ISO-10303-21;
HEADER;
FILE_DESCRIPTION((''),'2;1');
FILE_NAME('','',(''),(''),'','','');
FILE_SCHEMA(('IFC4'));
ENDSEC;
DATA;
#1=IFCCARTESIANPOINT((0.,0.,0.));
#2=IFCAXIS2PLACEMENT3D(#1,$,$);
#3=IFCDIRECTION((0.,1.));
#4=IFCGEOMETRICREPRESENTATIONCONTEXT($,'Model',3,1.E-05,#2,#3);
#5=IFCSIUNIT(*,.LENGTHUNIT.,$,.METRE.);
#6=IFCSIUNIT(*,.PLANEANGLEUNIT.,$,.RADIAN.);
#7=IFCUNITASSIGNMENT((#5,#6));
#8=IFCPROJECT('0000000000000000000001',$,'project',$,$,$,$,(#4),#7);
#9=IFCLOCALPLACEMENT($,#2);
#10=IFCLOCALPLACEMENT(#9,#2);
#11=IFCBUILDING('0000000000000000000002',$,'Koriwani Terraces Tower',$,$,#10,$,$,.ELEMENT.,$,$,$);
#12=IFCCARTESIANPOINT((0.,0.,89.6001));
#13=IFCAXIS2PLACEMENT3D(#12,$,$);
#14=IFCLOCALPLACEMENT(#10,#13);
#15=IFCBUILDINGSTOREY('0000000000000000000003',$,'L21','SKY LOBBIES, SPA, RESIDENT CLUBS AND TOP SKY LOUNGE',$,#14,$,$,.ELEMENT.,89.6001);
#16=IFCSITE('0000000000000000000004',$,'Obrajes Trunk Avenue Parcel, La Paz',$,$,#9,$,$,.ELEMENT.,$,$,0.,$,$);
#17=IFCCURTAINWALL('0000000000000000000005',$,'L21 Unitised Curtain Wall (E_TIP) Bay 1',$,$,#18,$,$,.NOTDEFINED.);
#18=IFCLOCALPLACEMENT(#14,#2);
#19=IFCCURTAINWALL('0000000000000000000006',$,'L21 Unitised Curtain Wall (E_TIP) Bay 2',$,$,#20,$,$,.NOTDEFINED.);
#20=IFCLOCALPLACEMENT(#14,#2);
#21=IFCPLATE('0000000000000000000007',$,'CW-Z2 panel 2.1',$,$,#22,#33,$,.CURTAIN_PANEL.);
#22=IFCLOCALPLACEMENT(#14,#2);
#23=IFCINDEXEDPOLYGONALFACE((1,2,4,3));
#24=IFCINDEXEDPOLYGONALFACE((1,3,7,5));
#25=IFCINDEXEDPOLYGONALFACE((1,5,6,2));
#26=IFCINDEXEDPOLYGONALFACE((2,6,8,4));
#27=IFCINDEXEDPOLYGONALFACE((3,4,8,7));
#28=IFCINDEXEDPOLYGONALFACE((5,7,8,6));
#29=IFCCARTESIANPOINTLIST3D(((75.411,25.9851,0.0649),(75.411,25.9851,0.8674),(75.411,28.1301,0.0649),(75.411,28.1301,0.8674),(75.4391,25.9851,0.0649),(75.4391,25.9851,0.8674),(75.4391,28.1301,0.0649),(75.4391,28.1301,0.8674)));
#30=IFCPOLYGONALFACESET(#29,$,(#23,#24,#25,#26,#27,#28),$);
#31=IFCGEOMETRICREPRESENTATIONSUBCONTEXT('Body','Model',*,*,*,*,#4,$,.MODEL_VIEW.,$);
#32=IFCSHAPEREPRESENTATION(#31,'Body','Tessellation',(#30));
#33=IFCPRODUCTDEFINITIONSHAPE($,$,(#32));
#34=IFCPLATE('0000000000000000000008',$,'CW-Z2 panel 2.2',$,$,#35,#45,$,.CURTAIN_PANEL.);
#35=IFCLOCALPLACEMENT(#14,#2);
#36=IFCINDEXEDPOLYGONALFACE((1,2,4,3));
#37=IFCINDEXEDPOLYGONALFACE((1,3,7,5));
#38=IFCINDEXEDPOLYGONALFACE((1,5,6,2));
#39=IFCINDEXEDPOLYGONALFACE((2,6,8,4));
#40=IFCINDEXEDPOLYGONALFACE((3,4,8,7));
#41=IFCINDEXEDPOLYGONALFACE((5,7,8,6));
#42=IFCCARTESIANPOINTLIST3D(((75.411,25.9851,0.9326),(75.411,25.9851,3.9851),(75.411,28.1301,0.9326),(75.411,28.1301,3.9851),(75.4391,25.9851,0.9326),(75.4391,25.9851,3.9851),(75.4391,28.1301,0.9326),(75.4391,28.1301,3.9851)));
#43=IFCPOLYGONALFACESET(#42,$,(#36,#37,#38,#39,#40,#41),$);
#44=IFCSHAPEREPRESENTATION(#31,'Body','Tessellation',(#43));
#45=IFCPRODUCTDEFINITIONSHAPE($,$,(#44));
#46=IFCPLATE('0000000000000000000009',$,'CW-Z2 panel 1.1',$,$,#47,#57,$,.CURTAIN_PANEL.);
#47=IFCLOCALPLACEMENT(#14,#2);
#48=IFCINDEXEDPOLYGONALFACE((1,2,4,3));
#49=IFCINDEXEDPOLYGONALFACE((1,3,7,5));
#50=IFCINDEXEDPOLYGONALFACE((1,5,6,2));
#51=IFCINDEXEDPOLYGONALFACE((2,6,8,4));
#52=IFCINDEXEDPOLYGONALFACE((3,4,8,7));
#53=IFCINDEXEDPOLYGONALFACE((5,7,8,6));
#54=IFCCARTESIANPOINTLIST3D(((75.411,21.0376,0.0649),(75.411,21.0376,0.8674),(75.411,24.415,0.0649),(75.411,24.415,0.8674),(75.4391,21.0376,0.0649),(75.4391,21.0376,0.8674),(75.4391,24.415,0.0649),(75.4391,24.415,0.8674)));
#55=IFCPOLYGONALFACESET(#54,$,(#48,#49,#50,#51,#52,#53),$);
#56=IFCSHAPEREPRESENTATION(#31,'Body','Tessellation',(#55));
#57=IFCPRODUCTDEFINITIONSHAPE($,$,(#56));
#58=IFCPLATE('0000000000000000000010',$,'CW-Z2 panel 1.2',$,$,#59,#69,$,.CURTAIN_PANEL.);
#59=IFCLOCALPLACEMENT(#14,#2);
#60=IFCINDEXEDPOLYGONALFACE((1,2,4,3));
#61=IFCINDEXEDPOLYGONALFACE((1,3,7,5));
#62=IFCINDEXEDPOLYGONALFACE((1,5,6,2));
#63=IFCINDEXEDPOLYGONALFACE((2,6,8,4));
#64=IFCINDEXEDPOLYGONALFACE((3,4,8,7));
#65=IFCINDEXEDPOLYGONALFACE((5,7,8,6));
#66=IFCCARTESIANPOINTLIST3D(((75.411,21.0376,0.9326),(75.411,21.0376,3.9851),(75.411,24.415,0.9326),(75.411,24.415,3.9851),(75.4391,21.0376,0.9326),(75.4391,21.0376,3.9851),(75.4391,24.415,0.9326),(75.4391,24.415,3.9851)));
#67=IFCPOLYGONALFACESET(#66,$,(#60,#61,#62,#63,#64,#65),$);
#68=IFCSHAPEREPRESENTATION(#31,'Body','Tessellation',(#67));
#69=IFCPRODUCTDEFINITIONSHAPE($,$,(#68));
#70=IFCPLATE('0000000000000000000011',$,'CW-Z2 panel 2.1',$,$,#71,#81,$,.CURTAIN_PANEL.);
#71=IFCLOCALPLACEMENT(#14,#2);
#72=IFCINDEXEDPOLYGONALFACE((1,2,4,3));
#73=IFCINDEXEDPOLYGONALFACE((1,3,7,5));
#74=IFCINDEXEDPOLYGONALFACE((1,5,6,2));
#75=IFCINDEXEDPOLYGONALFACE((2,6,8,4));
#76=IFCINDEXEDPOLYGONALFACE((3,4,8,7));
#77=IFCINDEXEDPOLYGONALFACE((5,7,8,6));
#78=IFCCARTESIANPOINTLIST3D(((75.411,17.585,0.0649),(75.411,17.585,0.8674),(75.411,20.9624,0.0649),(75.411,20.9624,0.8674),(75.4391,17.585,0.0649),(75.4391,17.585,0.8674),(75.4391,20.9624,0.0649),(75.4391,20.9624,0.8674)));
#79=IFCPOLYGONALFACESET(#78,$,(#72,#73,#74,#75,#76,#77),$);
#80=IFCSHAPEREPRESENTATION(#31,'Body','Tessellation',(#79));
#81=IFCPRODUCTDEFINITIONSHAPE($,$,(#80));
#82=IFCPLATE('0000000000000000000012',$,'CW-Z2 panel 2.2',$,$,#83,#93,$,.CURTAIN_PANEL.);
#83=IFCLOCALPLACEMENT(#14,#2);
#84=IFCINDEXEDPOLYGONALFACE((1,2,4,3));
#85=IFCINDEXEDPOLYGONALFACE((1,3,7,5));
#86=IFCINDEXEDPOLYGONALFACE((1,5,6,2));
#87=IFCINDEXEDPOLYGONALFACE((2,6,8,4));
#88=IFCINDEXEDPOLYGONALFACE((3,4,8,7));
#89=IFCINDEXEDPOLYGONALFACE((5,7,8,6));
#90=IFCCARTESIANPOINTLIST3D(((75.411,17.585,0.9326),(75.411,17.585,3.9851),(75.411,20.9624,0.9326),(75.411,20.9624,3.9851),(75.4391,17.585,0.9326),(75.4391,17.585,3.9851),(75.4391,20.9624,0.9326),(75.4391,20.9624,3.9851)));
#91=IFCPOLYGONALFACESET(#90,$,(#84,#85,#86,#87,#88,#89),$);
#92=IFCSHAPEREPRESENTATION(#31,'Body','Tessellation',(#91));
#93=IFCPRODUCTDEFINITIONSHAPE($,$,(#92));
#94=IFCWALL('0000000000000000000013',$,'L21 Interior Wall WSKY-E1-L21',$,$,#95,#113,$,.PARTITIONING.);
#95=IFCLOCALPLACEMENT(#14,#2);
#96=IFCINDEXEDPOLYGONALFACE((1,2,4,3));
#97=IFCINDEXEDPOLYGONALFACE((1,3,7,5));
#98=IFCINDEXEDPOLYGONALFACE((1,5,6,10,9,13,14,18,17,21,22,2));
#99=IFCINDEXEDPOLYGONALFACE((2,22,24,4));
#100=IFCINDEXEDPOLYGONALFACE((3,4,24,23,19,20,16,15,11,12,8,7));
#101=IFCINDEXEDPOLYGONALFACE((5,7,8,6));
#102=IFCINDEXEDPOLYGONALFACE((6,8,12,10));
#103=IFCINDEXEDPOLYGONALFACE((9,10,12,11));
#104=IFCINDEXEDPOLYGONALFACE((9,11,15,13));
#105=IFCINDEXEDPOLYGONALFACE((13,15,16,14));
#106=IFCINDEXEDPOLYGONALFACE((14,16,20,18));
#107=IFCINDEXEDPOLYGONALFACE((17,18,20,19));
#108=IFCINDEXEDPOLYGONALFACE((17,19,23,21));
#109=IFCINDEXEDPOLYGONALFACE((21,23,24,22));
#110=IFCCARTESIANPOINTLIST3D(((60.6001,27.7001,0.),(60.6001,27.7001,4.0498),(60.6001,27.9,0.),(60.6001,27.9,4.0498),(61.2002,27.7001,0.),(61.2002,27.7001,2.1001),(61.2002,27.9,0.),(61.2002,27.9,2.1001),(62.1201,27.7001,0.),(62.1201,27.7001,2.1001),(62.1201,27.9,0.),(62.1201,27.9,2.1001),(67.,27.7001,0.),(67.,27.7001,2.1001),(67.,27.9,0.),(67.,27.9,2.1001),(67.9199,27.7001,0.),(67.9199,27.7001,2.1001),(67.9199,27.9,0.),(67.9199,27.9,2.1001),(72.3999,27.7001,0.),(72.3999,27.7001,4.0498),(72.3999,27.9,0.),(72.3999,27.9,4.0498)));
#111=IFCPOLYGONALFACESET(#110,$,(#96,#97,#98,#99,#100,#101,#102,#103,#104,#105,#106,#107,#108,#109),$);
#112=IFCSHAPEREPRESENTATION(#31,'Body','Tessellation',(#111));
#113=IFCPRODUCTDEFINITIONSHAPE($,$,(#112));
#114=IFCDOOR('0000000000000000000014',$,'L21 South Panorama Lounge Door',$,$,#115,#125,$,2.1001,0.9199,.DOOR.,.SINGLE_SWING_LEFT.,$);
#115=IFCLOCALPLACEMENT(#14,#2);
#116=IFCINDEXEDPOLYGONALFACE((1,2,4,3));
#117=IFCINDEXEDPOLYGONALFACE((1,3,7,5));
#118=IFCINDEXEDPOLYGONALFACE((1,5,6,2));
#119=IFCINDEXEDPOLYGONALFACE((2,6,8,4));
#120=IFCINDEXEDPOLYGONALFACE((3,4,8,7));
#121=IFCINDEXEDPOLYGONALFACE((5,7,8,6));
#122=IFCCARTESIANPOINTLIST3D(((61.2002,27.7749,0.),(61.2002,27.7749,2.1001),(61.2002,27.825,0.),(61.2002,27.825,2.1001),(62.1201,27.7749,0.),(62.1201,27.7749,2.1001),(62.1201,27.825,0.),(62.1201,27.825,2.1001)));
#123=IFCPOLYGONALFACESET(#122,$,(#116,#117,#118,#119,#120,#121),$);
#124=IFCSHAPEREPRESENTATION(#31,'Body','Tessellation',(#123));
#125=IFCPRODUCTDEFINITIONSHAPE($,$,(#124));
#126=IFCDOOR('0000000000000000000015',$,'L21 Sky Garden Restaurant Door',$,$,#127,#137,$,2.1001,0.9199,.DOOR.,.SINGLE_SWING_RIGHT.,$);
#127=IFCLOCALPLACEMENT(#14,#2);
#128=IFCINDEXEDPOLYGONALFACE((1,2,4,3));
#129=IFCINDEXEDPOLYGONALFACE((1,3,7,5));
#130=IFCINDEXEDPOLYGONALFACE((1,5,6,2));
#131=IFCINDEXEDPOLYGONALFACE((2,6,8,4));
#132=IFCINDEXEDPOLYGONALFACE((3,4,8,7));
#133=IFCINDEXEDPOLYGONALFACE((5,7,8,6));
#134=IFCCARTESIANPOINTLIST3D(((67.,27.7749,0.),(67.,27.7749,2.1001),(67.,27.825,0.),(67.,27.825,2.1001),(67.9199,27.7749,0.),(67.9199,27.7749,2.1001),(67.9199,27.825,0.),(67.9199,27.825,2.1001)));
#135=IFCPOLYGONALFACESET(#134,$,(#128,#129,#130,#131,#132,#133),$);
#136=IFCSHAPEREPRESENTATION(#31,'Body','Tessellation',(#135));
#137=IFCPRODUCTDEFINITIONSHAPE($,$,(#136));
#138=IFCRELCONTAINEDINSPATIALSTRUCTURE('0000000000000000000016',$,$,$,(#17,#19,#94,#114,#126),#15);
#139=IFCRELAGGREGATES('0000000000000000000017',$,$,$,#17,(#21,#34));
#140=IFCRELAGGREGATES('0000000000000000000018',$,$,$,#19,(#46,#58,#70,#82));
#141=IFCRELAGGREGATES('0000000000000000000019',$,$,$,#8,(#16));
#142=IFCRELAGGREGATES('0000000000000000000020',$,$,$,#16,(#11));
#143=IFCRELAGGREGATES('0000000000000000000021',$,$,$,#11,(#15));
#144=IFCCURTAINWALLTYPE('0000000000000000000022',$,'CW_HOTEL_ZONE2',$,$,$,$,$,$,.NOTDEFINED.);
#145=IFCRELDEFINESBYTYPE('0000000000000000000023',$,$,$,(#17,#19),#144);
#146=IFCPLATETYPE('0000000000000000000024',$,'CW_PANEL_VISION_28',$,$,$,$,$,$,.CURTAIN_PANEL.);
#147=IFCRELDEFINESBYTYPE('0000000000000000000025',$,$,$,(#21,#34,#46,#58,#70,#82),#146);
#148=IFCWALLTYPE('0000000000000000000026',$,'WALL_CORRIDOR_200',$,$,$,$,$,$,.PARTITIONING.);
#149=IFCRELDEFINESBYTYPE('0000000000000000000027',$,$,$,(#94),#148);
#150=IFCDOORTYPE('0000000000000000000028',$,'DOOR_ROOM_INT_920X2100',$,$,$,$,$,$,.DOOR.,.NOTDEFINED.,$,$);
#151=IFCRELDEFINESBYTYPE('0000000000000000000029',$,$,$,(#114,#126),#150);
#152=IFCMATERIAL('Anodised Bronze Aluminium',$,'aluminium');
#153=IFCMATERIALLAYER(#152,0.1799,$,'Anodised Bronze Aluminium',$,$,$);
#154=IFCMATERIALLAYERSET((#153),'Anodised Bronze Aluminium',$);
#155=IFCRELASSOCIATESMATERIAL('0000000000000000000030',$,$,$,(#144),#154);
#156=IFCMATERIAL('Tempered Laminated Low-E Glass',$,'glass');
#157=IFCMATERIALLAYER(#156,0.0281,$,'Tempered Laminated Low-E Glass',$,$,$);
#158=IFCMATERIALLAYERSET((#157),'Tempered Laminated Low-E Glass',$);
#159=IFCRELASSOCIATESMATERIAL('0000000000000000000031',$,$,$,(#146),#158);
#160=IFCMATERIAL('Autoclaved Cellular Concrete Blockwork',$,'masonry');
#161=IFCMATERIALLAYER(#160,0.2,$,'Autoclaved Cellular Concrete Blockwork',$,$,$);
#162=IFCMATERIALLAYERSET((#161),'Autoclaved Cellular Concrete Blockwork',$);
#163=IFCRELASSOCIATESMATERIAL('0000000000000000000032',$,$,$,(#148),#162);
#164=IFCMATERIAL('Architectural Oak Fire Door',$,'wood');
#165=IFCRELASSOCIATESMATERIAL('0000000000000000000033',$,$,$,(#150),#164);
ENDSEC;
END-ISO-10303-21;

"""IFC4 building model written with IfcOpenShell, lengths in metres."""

from ifc_helpers import new_model, si_unit, direction, frame, frame_2d, origin, origin_2d, place, context, subcontext, project, spatial, rectangle, extrude, material, layer, layer_set, type_object, element, fill, aggregate, save


model = new_model("IFC4")

# Units and contexts
model_context = context("Model", 3, precision=1e-05, world=origin(), true_north=direction((0.0, 1.0)))
body_context = subcontext(model_context, "Body", "Model", "MODEL_VIEW")
ifc_project = project(units=[si_unit("LENGTHUNIT", "METRE"), si_unit("PLANEANGLEUNIT", "RADIAN")], contexts=[model_context])

# Site, building, storey
site_placement = place(None, origin())
site = spatial("IfcSite", under=ifc_project, at=site_placement, Name="Obrajes Trunk Avenue Parcel, La Paz", CompositionType="ELEMENT", RefElevation=0.0)
building_placement = place(site_placement, origin())
building = spatial("IfcBuilding", under=site, at=building_placement, Name="Koriwani Terraces Tower", CompositionType="ELEMENT")
storey_placement = place(building_placement, frame((0.0, 0.0, 89.6001)))
storey = spatial("IfcBuildingStorey", under=building, at=storey_placement, Name="L21", Description="SKY LOBBIES, SPA, RESIDENT CLUBS AND TOP SKY LOUNGE", CompositionType="ELEMENT", Elevation=89.6001)

# Curtain walls
ifc_material_1 = material(Name="Anodised Bronze Aluminium", Category="aluminium")
ifc_layer_1 = layer(ifc_material_1, 0.1799, Name="Anodised Bronze Aluminium")
ifc_layer_set_1 = layer_set([ifc_layer_1], Name="Anodised Bronze Aluminium")
curtain_wall_type = type_object("IfcCurtainWallType", Name="CW_HOTEL_ZONE2", PredefinedType="NOTDEFINED", material=ifc_layer_set_1)
curtain_wall_1_placement = place(storey_placement, origin())
curtain_wall_1 = element("IfcCurtainWall", 1, at=curtain_wall_1_placement, inside=storey, type_object=curtain_wall_type, Name="L21 Unitised Curtain Wall (E_TIP) Bay 1", PredefinedType="NOTDEFINED")
curtain_wall_2_placement = place(storey_placement, origin())
curtain_wall_2 = element("IfcCurtainWall", 2, at=curtain_wall_2_placement, inside=storey, type_object=curtain_wall_type, Name="L21 Unitised Curtain Wall (E_TIP) Bay 2", PredefinedType="NOTDEFINED")

# Plates
ifc_material_2 = material(Name="Tempered Laminated Low-E Glass", Category="glass")
ifc_layer_2 = layer(ifc_material_2, 0.0281, Name="Tempered Laminated Low-E Glass")
ifc_layer_set_2 = layer_set([ifc_layer_2], Name="Tempered Laminated Low-E Glass")
plate_type = type_object("IfcPlateType", Name="CW_PANEL_VISION_28", PredefinedType="CURTAIN_PANEL", material=ifc_layer_set_2)
plate_1_placement = place(storey_placement, frame((75.425, 27.0576, 0.0649), z_axis=(0.0, 0.0, 1.0), x_axis=(0.0, -1.0, 0.0)))
plate_1 = element("IfcPlate", 3, at=plate_1_placement, type_object=plate_type, Name="CW-Z2 panel 2.1", PredefinedType="CURTAIN_PANEL", context=body_context, shape_type="SweptSolid", body=[
    extrude(rectangle(XDim=2.145, YDim=0.0281, at=origin_2d()), origin(), (0.0, 0.0, 1.0), 0.8025),
])
plate_2_placement = place(storey_placement, frame((75.425, 27.0576, 0.9326), z_axis=(0.0, 0.0, 1.0), x_axis=(0.0, -1.0, 0.0)))
plate_2 = element("IfcPlate", 4, at=plate_2_placement, type_object=plate_type, Name="CW-Z2 panel 2.2", PredefinedType="CURTAIN_PANEL", context=body_context, shape_type="SweptSolid", body=[
    extrude(rectangle(XDim=2.145, YDim=0.0281, at=origin_2d()), origin(), (0.0, 0.0, 1.0), 3.0525),
])
aggregate(curtain_wall_1, [plate_1, plate_2])
plate_3_placement = place(storey_placement, frame((75.425, 22.7263, 0.0649), z_axis=(0.0, 0.0, 1.0), x_axis=(0.0, -1.0, 0.0)))
plate_3 = element("IfcPlate", 5, at=plate_3_placement, type_object=plate_type, Name="CW-Z2 panel 1.1", PredefinedType="CURTAIN_PANEL", context=body_context, shape_type="SweptSolid", body=[
    extrude(rectangle(XDim=3.3774, YDim=0.0281, at=origin_2d()), origin(), (0.0, 0.0, 1.0), 0.8025),
])
plate_4_placement = place(storey_placement, frame((75.425, 22.7263, 0.9326), z_axis=(0.0, 0.0, 1.0), x_axis=(0.0, -1.0, 0.0)))
plate_4 = element("IfcPlate", 6, at=plate_4_placement, type_object=plate_type, Name="CW-Z2 panel 1.2", PredefinedType="CURTAIN_PANEL", context=body_context, shape_type="SweptSolid", body=[
    extrude(rectangle(XDim=3.3774, YDim=0.0281, at=origin_2d()), origin(), (0.0, 0.0, 1.0), 3.0525),
])
plate_5_placement = place(storey_placement, frame((75.425, 19.2737, 0.0649), z_axis=(0.0, 0.0, 1.0), x_axis=(0.0, -1.0, 0.0)))
plate_5 = element("IfcPlate", 7, at=plate_5_placement, type_object=plate_type, Name="CW-Z2 panel 2.1", PredefinedType="CURTAIN_PANEL", context=body_context, shape_type="SweptSolid", body=[
    extrude(rectangle(XDim=3.3774, YDim=0.0281, at=origin_2d()), origin(), (0.0, 0.0, 1.0), 0.8025),
])
plate_6_placement = place(storey_placement, frame((75.425, 19.2737, 0.9326), z_axis=(0.0, 0.0, 1.0), x_axis=(0.0, -1.0, 0.0)))
plate_6 = element("IfcPlate", 8, at=plate_6_placement, type_object=plate_type, Name="CW-Z2 panel 2.2", PredefinedType="CURTAIN_PANEL", context=body_context, shape_type="SweptSolid", body=[
    extrude(rectangle(XDim=3.3774, YDim=0.0281, at=origin_2d()), origin(), (0.0, 0.0, 1.0), 3.0525),
])
aggregate(curtain_wall_2, [plate_3, plate_4, plate_5, plate_6])

# Wall, openings, doors
ifc_material_3 = material(Name="Autoclaved Cellular Concrete Blockwork", Category="masonry")
ifc_layer_3 = layer(ifc_material_3, 0.2, Name="Autoclaved Cellular Concrete Blockwork")
ifc_layer_set_3 = layer_set([ifc_layer_3], Name="Autoclaved Cellular Concrete Blockwork")
wall_type = type_object("IfcWallType", Name="WALL_CORRIDOR_200", PredefinedType="PARTITIONING", material=ifc_layer_set_3)
wall_placement = place(storey_placement, frame((60.6001, 27.8, 0.0), z_axis=(0.0, 0.0, 1.0), x_axis=(1.0, 0.0, 0.0)))
wall = element("IfcWall", 9, at=wall_placement, inside=storey, type_object=wall_type, Name="L21 Interior Wall WSKY-E1-L21", PredefinedType="PARTITIONING", context=body_context, shape_type="SweptSolid", body=[
    extrude(rectangle(XDim=11.7998, YDim=0.2, at=frame_2d((5.8999, 0.0))), origin(), (0.0, 0.0, 1.0), 4.0498),
])
opening_1_placement = place(wall_placement, frame((0.6001, 0.0, 0.0)))
opening_1 = element("IfcOpeningElement", 10, at=opening_1_placement, cuts=wall, PredefinedType="OPENING", context=body_context, shape_type="SweptSolid", body=[
    extrude(rectangle(XDim=0.9199, YDim=2.1001, at=frame_2d((0.46, 1.05))), frame((0.0, 0.1099, 0.0), z_axis=(0.0, -1.0, 0.0), x_axis=(1.0, 0.0, 0.0)), (0.0, 0.0, 1.0), 0.22),
])
opening_2_placement = place(wall_placement, frame((6.3999, 0.0, 0.0)))
opening_2 = element("IfcOpeningElement", 11, at=opening_2_placement, cuts=wall, PredefinedType="OPENING", context=body_context, shape_type="SweptSolid", body=[
    extrude(rectangle(XDim=0.9199, YDim=2.1001, at=frame_2d((0.46, 1.05))), frame((0.0, 0.1099, 0.0), z_axis=(0.0, -1.0, 0.0), x_axis=(1.0, 0.0, 0.0)), (0.0, 0.0, 1.0), 0.22),
])
ifc_material_4 = material(Name="Architectural Oak Fire Door", Category="wood")
door_type = type_object("IfcDoorType", Name="DOOR_ROOM_INT_920X2100", OperationType="NOTDEFINED", PredefinedType="DOOR", material=ifc_material_4)
door_1_placement = place(opening_1_placement, origin())
door_1 = element("IfcDoor", 12, at=door_1_placement, inside=storey, type_object=door_type, Name="L21 South Panorama Lounge Door", OperationType="SINGLE_SWING_LEFT", OverallHeight=2.1001, OverallWidth=0.9199, PredefinedType="DOOR", context=body_context, shape_type="SweptSolid", body=[
    extrude(rectangle(XDim=0.9199, YDim=2.1001, at=frame_2d((0.46, 1.05))), frame((0.0, 0.0249, 0.0), z_axis=(0.0, -1.0, 0.0), x_axis=(1.0, 0.0, 0.0)), (0.0, 0.0, 1.0), 0.05),
])
fill(opening_1, door_1)
door_2_placement = place(opening_2_placement, origin())
door_2 = element("IfcDoor", 13, at=door_2_placement, inside=storey, type_object=door_type, Name="L21 Sky Garden Restaurant Door", OperationType="SINGLE_SWING_RIGHT", OverallHeight=2.1001, OverallWidth=0.9199, PredefinedType="DOOR", context=body_context, shape_type="SweptSolid", body=[
    extrude(rectangle(XDim=0.9199, YDim=2.1001, at=frame_2d((0.46, 1.05))), frame((0.0, 0.0249, 0.0), z_axis=(0.0, -1.0, 0.0), x_axis=(1.0, 0.0, 0.0)), (0.0, 0.0, 1.0), 0.05),
])
fill(opening_2, door_2)

save(model, "model.ifc")
